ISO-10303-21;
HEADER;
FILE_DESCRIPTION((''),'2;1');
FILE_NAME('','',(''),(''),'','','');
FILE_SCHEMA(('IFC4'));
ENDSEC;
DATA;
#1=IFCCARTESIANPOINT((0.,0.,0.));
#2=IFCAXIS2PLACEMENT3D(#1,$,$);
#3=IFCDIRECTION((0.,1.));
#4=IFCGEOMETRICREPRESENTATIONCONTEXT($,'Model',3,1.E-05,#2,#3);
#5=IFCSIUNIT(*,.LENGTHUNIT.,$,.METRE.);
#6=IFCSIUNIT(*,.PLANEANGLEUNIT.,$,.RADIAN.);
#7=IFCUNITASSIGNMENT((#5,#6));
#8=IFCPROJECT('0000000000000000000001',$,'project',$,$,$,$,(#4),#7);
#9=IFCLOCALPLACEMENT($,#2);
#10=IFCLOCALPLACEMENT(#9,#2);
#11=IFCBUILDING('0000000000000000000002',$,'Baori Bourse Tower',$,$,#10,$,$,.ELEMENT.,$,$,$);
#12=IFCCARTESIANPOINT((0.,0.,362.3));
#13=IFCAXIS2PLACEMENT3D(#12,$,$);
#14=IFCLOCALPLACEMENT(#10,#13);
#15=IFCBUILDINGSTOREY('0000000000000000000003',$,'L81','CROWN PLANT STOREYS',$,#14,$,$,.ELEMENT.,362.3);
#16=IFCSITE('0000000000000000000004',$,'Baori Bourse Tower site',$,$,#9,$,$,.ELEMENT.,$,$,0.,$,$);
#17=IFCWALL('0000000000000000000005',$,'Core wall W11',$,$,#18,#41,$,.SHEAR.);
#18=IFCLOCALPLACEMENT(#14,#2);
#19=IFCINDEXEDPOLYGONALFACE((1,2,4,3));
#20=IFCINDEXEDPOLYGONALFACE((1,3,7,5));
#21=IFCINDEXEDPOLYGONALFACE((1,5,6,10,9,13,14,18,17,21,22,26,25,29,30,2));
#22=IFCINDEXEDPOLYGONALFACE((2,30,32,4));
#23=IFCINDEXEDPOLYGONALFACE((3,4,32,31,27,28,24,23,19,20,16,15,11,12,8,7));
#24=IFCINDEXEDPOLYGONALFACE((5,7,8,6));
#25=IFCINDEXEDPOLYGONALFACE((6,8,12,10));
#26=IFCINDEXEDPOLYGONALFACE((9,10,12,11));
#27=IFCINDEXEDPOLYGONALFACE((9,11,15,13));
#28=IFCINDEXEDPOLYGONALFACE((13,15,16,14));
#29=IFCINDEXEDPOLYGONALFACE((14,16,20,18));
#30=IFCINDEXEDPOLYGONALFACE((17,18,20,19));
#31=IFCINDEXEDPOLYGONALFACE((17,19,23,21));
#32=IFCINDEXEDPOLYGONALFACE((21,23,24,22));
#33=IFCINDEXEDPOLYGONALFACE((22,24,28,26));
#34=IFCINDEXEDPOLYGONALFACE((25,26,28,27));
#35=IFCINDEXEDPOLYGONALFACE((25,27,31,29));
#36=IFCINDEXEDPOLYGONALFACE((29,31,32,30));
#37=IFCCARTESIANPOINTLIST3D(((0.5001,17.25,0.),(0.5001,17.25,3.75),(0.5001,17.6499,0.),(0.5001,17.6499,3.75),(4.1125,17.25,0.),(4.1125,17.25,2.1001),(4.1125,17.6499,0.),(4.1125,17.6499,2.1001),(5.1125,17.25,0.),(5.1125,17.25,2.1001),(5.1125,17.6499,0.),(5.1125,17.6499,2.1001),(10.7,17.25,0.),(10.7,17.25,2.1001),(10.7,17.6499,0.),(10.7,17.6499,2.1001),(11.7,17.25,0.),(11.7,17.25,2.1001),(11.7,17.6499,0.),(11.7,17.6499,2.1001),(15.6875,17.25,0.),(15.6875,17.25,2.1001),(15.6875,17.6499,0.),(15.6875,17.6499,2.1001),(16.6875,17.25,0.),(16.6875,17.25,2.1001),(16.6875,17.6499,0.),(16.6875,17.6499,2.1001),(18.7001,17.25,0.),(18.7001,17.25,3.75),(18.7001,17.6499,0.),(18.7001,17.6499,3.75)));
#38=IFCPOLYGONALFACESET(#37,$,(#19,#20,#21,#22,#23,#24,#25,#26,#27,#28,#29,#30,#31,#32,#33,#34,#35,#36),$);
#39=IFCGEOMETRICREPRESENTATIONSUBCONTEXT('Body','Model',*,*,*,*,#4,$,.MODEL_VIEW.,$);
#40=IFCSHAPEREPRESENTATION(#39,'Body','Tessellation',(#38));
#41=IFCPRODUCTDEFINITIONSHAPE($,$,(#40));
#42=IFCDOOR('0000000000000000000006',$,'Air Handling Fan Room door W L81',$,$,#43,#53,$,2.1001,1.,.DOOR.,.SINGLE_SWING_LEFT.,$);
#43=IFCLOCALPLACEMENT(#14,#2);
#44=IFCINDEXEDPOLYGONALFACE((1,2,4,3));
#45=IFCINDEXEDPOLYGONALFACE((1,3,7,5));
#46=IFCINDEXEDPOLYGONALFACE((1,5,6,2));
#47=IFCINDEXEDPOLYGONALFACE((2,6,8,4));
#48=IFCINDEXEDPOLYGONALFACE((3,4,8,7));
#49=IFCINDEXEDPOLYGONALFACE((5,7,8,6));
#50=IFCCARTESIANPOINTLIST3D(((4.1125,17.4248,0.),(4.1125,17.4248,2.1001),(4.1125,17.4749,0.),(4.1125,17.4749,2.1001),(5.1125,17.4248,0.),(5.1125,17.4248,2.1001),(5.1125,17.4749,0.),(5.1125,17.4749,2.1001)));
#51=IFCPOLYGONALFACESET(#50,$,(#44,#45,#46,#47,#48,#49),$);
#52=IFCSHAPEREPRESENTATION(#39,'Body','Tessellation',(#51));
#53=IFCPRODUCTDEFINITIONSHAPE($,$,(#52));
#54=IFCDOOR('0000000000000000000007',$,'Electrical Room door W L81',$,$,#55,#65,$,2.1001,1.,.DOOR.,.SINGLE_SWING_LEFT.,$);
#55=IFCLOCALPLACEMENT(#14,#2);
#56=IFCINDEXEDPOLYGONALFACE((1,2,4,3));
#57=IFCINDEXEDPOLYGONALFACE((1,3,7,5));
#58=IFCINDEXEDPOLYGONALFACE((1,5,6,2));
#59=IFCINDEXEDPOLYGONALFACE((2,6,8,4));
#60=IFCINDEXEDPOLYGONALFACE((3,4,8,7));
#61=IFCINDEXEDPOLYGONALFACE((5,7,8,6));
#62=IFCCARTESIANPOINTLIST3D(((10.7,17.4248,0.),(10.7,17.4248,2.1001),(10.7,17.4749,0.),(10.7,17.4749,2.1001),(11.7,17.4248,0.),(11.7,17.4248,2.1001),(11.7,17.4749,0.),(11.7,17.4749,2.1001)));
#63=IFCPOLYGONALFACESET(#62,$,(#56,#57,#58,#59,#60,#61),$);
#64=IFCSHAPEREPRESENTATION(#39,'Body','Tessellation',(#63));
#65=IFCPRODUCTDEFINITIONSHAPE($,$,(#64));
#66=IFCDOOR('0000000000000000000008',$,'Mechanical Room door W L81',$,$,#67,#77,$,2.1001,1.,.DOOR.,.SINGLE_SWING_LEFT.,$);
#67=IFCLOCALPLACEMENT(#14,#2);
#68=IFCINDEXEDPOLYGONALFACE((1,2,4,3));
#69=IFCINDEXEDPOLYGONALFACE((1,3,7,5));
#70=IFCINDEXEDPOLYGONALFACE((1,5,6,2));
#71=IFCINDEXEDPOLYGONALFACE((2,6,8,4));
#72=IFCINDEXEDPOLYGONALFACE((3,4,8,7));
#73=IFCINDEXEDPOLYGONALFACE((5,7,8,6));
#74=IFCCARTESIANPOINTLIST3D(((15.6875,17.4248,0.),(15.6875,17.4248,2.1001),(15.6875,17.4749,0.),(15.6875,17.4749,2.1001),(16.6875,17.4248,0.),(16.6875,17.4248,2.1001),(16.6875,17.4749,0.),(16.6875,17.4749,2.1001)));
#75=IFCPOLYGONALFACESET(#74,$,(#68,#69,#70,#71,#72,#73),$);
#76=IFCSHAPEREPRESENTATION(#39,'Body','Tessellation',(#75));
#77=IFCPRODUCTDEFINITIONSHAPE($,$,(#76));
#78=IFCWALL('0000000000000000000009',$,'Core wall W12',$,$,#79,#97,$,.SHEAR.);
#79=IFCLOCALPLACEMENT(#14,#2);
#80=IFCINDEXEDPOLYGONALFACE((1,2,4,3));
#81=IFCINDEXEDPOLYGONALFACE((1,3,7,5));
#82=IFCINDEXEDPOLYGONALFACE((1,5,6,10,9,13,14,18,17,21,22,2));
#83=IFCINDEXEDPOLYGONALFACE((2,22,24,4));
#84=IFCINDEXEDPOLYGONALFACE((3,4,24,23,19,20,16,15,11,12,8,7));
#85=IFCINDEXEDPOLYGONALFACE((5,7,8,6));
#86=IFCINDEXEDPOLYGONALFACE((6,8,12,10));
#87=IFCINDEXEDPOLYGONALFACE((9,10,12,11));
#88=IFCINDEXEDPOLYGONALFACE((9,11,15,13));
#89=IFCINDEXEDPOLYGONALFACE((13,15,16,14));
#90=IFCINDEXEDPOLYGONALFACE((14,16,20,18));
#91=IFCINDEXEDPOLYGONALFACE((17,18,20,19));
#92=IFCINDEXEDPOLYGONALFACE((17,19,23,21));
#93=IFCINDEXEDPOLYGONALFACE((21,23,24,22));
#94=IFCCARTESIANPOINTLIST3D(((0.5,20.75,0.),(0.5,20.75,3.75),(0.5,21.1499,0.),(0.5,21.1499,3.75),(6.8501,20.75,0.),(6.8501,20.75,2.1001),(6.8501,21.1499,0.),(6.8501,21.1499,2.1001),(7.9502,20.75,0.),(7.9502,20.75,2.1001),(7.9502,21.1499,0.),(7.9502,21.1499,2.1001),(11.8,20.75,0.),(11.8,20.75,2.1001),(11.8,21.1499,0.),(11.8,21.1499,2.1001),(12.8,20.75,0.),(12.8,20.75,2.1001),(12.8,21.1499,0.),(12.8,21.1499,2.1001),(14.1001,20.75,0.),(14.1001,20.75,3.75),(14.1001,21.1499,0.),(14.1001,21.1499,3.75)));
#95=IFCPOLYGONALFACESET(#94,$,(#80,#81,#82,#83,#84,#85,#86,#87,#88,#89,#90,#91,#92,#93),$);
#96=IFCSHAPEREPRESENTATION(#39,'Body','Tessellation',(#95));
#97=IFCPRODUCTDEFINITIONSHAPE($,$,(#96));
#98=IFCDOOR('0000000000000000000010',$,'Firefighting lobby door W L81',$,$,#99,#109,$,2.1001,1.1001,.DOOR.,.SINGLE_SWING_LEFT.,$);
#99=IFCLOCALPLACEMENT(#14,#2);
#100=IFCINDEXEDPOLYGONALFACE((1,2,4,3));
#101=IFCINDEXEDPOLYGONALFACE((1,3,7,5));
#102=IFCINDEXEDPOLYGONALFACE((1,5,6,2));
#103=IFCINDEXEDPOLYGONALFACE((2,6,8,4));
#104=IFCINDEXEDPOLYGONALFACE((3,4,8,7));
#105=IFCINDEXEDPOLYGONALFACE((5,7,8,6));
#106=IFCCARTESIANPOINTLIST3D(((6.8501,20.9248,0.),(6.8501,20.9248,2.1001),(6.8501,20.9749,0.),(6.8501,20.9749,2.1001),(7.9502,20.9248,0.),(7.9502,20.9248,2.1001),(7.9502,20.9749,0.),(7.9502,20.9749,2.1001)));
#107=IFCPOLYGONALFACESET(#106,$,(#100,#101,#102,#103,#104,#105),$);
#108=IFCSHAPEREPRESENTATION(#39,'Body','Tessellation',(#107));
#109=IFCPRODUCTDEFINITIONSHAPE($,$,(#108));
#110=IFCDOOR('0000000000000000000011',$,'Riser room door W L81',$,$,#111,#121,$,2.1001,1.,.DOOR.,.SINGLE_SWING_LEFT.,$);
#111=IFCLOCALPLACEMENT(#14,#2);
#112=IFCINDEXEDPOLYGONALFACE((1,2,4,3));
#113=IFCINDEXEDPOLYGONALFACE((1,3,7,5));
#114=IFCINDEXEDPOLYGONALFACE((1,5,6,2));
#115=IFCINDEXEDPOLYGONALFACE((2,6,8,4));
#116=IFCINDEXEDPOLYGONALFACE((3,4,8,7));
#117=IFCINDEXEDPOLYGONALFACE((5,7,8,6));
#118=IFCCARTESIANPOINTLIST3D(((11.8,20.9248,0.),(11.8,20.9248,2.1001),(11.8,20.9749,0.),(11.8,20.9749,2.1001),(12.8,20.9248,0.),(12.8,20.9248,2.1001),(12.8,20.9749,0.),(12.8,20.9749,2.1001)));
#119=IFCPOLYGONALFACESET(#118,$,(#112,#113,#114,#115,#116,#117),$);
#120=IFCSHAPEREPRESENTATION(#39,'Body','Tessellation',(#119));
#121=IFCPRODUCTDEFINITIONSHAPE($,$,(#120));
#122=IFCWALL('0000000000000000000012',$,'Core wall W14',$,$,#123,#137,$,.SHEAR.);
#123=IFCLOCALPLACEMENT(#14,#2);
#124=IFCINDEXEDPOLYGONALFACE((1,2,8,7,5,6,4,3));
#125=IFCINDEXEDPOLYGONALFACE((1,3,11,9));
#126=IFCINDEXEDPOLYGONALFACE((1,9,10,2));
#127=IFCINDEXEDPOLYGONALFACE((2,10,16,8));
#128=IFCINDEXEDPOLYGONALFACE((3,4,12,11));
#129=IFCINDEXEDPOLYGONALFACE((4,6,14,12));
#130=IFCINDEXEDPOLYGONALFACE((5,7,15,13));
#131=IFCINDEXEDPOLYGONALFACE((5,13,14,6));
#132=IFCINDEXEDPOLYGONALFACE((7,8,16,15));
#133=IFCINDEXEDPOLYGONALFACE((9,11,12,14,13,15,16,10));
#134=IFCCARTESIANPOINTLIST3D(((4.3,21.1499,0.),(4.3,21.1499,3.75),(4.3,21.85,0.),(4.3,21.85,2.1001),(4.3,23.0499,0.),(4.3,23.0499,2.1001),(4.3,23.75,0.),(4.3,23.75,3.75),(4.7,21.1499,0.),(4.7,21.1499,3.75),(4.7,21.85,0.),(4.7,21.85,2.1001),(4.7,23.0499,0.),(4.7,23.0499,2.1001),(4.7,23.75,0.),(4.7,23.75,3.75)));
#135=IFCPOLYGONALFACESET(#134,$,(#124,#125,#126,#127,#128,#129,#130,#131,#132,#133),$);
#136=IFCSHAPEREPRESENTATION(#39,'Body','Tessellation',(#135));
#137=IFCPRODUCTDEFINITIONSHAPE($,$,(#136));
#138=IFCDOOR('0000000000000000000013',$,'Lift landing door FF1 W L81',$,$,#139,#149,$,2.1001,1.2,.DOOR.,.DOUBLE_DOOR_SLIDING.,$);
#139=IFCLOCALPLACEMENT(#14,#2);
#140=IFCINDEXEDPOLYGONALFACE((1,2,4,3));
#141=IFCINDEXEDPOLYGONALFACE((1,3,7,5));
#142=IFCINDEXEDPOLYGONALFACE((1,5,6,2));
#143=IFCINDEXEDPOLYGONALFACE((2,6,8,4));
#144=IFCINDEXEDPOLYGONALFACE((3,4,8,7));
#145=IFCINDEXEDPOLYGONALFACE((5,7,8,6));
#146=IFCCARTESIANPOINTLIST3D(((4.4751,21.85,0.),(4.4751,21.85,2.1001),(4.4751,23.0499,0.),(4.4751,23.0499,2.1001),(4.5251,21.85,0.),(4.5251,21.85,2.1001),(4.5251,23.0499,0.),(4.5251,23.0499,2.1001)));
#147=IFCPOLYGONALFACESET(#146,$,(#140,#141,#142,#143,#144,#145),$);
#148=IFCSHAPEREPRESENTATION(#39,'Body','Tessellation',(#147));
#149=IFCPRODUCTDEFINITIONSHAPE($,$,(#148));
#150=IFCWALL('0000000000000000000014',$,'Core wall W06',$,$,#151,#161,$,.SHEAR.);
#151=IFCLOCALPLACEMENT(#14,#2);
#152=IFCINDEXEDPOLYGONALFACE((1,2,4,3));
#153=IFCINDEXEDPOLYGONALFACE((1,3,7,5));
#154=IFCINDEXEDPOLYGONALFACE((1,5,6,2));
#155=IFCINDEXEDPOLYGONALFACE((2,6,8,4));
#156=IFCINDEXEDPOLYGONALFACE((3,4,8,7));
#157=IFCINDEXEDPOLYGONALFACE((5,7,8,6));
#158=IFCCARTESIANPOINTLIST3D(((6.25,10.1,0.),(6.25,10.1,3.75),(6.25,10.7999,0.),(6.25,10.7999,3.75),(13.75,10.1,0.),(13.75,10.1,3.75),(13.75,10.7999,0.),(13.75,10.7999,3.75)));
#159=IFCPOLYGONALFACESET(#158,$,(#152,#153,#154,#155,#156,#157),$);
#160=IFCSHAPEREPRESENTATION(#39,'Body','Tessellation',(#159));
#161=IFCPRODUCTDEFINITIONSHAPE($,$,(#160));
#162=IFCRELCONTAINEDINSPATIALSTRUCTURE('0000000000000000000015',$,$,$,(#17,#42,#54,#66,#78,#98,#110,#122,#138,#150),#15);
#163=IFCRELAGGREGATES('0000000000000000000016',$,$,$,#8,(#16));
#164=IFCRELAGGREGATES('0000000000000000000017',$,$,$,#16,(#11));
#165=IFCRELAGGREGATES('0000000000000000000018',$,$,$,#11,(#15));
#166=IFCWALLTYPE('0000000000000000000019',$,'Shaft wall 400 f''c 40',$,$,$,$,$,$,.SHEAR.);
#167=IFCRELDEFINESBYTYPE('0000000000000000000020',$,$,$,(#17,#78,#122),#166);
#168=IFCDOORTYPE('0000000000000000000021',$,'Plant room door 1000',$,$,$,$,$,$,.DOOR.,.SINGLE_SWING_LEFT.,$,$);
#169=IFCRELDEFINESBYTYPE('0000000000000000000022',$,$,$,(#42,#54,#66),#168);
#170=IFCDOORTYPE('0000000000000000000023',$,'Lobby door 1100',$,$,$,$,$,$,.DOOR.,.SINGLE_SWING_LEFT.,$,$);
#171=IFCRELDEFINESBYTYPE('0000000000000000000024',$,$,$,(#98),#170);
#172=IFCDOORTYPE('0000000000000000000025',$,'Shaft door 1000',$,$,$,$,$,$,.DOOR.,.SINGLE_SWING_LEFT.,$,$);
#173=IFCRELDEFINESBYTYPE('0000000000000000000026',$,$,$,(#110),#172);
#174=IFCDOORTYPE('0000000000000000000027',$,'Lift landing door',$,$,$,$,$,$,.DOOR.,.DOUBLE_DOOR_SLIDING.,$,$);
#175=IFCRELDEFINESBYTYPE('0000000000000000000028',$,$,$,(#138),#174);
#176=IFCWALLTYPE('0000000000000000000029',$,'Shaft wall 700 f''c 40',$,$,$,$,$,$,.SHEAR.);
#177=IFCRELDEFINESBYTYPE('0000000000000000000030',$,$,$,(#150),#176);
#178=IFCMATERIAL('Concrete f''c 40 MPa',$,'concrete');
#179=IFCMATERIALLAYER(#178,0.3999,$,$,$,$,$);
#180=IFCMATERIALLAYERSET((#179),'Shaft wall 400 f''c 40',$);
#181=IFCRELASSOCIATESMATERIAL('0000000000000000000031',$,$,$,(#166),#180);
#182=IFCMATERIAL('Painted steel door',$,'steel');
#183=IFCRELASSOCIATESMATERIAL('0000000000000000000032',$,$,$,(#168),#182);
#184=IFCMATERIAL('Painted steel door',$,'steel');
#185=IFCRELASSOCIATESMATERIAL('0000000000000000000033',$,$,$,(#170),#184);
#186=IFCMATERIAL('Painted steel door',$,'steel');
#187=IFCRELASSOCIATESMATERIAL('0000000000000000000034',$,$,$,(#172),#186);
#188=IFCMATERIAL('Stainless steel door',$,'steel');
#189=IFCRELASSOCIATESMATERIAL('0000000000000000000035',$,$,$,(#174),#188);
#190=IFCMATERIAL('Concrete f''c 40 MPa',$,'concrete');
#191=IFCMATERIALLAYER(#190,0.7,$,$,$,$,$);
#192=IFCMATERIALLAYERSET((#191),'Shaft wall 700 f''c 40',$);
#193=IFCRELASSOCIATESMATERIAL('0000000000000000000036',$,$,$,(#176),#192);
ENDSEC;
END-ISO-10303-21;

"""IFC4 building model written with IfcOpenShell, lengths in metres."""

from ifc_helpers import new_model, si_unit, direction, frame, frame_2d, origin, place, context, subcontext, project, spatial, rectangle, extrude, material, layer, layer_set, type_object, element, fill, save


model = new_model("IFC4")

# Units and contexts
model_context = context("Model", 3, precision=1e-05, world=origin(), true_north=direction((0.0, 1.0)))
body_context = subcontext(model_context, "Body", "Model", "MODEL_VIEW")
ifc_project = project(units=[si_unit("LENGTHUNIT", "METRE"), si_unit("PLANEANGLEUNIT", "RADIAN")], contexts=[model_context])

# Site, building, storey
site_placement = place(None, origin())
site = spatial("IfcSite", under=ifc_project, at=site_placement, Name="Baori Bourse Tower site", CompositionType="ELEMENT", RefElevation=0.0)
building_placement = place(site_placement, origin())
building = spatial("IfcBuilding", under=site, at=building_placement, Name="Baori Bourse Tower", CompositionType="ELEMENT")
storey_placement = place(building_placement, frame((0.0, 0.0, 362.3)))
storey = spatial("IfcBuildingStorey", under=building, at=storey_placement, Name="L81", Description="CROWN PLANT STOREYS", CompositionType="ELEMENT", Elevation=362.3)

# Shared definitions
ifc_material_1 = material(Name="Concrete f'c 40 MPa", Category="concrete")
ifc_layer_1 = layer(ifc_material_1, 0.3999)
ifc_layer_set_1 = layer_set([ifc_layer_1], Name="Shaft wall 400 f'c 40")
wall_type_1 = type_object("IfcWallType", Name="Shaft wall 400 f'c 40", PredefinedType="SHEAR", material=ifc_layer_set_1)

# Walls, openings, doors
wall_1_placement = place(storey_placement, frame((0.5, 17.45, 0.0), z_axis=(0.0, 0.0, 1.0), x_axis=(1.0, 0.0, 0.0)))
wall_1 = element("IfcWall", 1, at=wall_1_placement, inside=storey, type_object=wall_type_1, Name="Core wall W11", PredefinedType="SHEAR", context=body_context, shape_type="SweptSolid", body=[
    extrude(rectangle(XDim=18.2, YDim=0.3999, at=frame_2d((9.1001, 0.0))), origin(), (0.0, 0.0, 1.0), 3.75),
])
opening_1_placement = place(wall_1_placement, frame((3.6125, 0.0, 0.0)))
opening_1 = element("IfcOpeningElement", 2, at=opening_1_placement, cuts=wall_1, PredefinedType="OPENING", context=body_context, shape_type="SweptSolid", body=[
    extrude(rectangle(XDim=1.0, YDim=2.1001, at=frame_2d((0.5, 1.05))), frame((0.0, 0.21, 0.0), z_axis=(0.0, -1.0, 0.0), x_axis=(1.0, 0.0, 0.0)), (0.0, 0.0, 1.0), 0.4199),
])
opening_2_placement = place(wall_1_placement, frame((10.2, 0.0, 0.0)))
opening_2 = element("IfcOpeningElement", 3, at=opening_2_placement, cuts=wall_1, PredefinedType="OPENING", context=body_context, shape_type="SweptSolid", body=[
    extrude(rectangle(XDim=1.0, YDim=2.1001, at=frame_2d((0.5, 1.05))), frame((0.0, 0.21, 0.0), z_axis=(0.0, -1.0, 0.0), x_axis=(1.0, 0.0, 0.0)), (0.0, 0.0, 1.0), 0.4199),
])
opening_3_placement = place(wall_1_placement, frame((15.1875, 0.0, 0.0)))
opening_3 = element("IfcOpeningElement", 4, at=opening_3_placement, cuts=wall_1, PredefinedType="OPENING", context=body_context, shape_type="SweptSolid", body=[
    extrude(rectangle(XDim=1.0, YDim=2.1001, at=frame_2d((0.5, 1.05))), frame((0.0, 0.21, 0.0), z_axis=(0.0, -1.0, 0.0), x_axis=(1.0, 0.0, 0.0)), (0.0, 0.0, 1.0), 0.4199),
])
ifc_material_2 = material(Name="Painted steel door", Category="steel")
door_type_1 = type_object("IfcDoorType", Name="Plant room door 1000", OperationType="SINGLE_SWING_LEFT", PredefinedType="DOOR", material=ifc_material_2)
door_1_placement = place(opening_1_placement, origin())
door_1 = element("IfcDoor", 5, at=door_1_placement, inside=storey, type_object=door_type_1, Name="Air Handling Fan Room door W L81", OperationType="SINGLE_SWING_LEFT", OverallHeight=2.1001, OverallWidth=1.0, PredefinedType="DOOR", context=body_context, shape_type="SweptSolid", body=[
    extrude(rectangle(XDim=1.0, YDim=2.1001, at=frame_2d((0.5, 1.05))), frame((0.0, 0.0249, 0.0), z_axis=(0.0, -1.0, 0.0), x_axis=(1.0, 0.0, 0.0)), (0.0, 0.0, 1.0), 0.05),
])
fill(opening_1, door_1)
door_2_placement = place(opening_2_placement, origin())
door_2 = element("IfcDoor", 6, at=door_2_placement, inside=storey, type_object=door_type_1, Name="Electrical Room door W L81", OperationType="SINGLE_SWING_LEFT", OverallHeight=2.1001, OverallWidth=1.0, PredefinedType="DOOR", context=body_context, shape_type="SweptSolid", body=[
    extrude(rectangle(XDim=1.0, YDim=2.1001, at=frame_2d((0.5, 1.05))), frame((0.0, 0.0249, 0.0), z_axis=(0.0, -1.0, 0.0), x_axis=(1.0, 0.0, 0.0)), (0.0, 0.0, 1.0), 0.05),
])
fill(opening_2, door_2)
door_3_placement = place(opening_3_placement, origin())
door_3 = element("IfcDoor", 7, at=door_3_placement, inside=storey, type_object=door_type_1, Name="Mechanical Room door W L81", OperationType="SINGLE_SWING_LEFT", OverallHeight=2.1001, OverallWidth=1.0, PredefinedType="DOOR", context=body_context, shape_type="SweptSolid", body=[
    extrude(rectangle(XDim=1.0, YDim=2.1001, at=frame_2d((0.5, 1.05))), frame((0.0, 0.0249, 0.0), z_axis=(0.0, -1.0, 0.0), x_axis=(1.0, 0.0, 0.0)), (0.0, 0.0, 1.0), 0.05),
])
fill(opening_3, door_3)
wall_2_placement = place(storey_placement, frame((0.5, 20.95, 0.0), z_axis=(0.0, 0.0, 1.0), x_axis=(1.0, 0.0, 0.0)))
wall_2 = element("IfcWall", 8, at=wall_2_placement, inside=storey, type_object=wall_type_1, Name="Core wall W12", PredefinedType="SHEAR", context=body_context, shape_type="SweptSolid", body=[
    extrude(rectangle(XDim=13.6001, YDim=0.3999, at=frame_2d((6.8, 0.0))), origin(), (0.0, 0.0, 1.0), 3.75),
])
opening_4_placement = place(wall_2_placement, frame((6.3501, 0.0, 0.0)))
opening_4 = element("IfcOpeningElement", 9, at=opening_4_placement, cuts=wall_2, PredefinedType="OPENING", context=body_context, shape_type="SweptSolid", body=[
    extrude(rectangle(XDim=1.1001, YDim=2.1001, at=frame_2d((0.55, 1.05))), frame((0.0, 0.21, 0.0), z_axis=(0.0, -1.0, 0.0), x_axis=(1.0, 0.0, 0.0)), (0.0, 0.0, 1.0), 0.4199),
])
opening_5_placement = place(wall_2_placement, frame((11.3, 0.0, 0.0)))
opening_5 = element("IfcOpeningElement", 10, at=opening_5_placement, cuts=wall_2, PredefinedType="OPENING", context=body_context, shape_type="SweptSolid", body=[
    extrude(rectangle(XDim=1.0, YDim=2.1001, at=frame_2d((0.5, 1.05))), frame((0.0, 0.21, 0.0), z_axis=(0.0, -1.0, 0.0), x_axis=(1.0, 0.0, 0.0)), (0.0, 0.0, 1.0), 0.4199),
])
ifc_material_3 = material(Name="Painted steel door", Category="steel")
door_type_2 = type_object("IfcDoorType", Name="Lobby door 1100", OperationType="SINGLE_SWING_LEFT", PredefinedType="DOOR", material=ifc_material_3)
door_4_placement = place(opening_4_placement, origin())
door_4 = element("IfcDoor", 11, at=door_4_placement, inside=storey, type_object=door_type_2, Name="Firefighting lobby door W L81", OperationType="SINGLE_SWING_LEFT", OverallHeight=2.1001, OverallWidth=1.1001, PredefinedType="DOOR", context=body_context, shape_type="SweptSolid", body=[
    extrude(rectangle(XDim=1.1001, YDim=2.1001, at=frame_2d((0.55, 1.05))), frame((0.0, 0.0249, 0.0), z_axis=(0.0, -1.0, 0.0), x_axis=(1.0, 0.0, 0.0)), (0.0, 0.0, 1.0), 0.05),
])
fill(opening_4, door_4)
ifc_material_4 = material(Name="Painted steel door", Category="steel")
door_type_3 = type_object("IfcDoorType", Name="Shaft door 1000", OperationType="SINGLE_SWING_LEFT", PredefinedType="DOOR", material=ifc_material_4)
door_5_placement = place(opening_5_placement, origin())
door_5 = element("IfcDoor", 12, at=door_5_placement, inside=storey, type_object=door_type_3, Name="Riser room door W L81", OperationType="SINGLE_SWING_LEFT", OverallHeight=2.1001, OverallWidth=1.0, PredefinedType="DOOR", context=body_context, shape_type="SweptSolid", body=[
    extrude(rectangle(XDim=1.0, YDim=2.1001, at=frame_2d((0.5, 1.05))), frame((0.0, 0.0249, 0.0), z_axis=(0.0, -1.0, 0.0), x_axis=(1.0, 0.0, 0.0)), (0.0, 0.0, 1.0), 0.05),
])
fill(opening_5, door_5)

# Wall, opening, door
wall_3_placement = place(storey_placement, frame((4.5, 21.1499, 0.0), z_axis=(0.0, 0.0, 1.0), x_axis=(0.0, 1.0, 0.0)))
wall_3 = element("IfcWall", 13, at=wall_3_placement, inside=storey, type_object=wall_type_1, Name="Core wall W14", PredefinedType="SHEAR", context=body_context, shape_type="SweptSolid", body=[
    extrude(rectangle(XDim=2.6001, YDim=0.3999, at=frame_2d((1.3, 0.0))), origin(), (0.0, 0.0, 1.0), 3.75),
])
opening_6_placement = place(wall_3_placement, frame((0.7, 0.0, 0.0)))
opening_6 = element("IfcOpeningElement", 14, at=opening_6_placement, cuts=wall_3, PredefinedType="OPENING", context=body_context, shape_type="SweptSolid", body=[
    extrude(rectangle(XDim=1.2, YDim=2.1001, at=frame_2d((0.6001, 1.05))), frame((0.0, 0.21, 0.0), z_axis=(0.0, -1.0, 0.0), x_axis=(1.0, 0.0, 0.0)), (0.0, 0.0, 1.0), 0.4199),
])
ifc_material_5 = material(Name="Stainless steel door", Category="steel")
door_type_4 = type_object("IfcDoorType", Name="Lift landing door", OperationType="DOUBLE_DOOR_SLIDING", PredefinedType="DOOR", material=ifc_material_5)
door_6_placement = place(opening_6_placement, origin())
door_6 = element("IfcDoor", 15, at=door_6_placement, inside=storey, type_object=door_type_4, Name="Lift landing door FF1 W L81", OperationType="DOUBLE_DOOR_SLIDING", OverallHeight=2.1001, OverallWidth=1.2, PredefinedType="DOOR", context=body_context, shape_type="SweptSolid", body=[
    extrude(rectangle(XDim=1.2, YDim=2.1001, at=frame_2d((0.6001, 1.05))), frame((0.0, 0.0249, 0.0), z_axis=(0.0, -1.0, 0.0), x_axis=(1.0, 0.0, 0.0)), (0.0, 0.0, 1.0), 0.05),
])
fill(opening_6, door_6)

# Wall
ifc_material_6 = material(Name="Concrete f'c 40 MPa", Category="concrete")
ifc_layer_2 = layer(ifc_material_6, 0.7)
ifc_layer_set_2 = layer_set([ifc_layer_2], Name="Shaft wall 700 f'c 40")
wall_type_2 = type_object("IfcWallType", Name="Shaft wall 700 f'c 40", PredefinedType="SHEAR", material=ifc_layer_set_2)
wall_4_placement = place(storey_placement, frame((6.25, 10.45, 0.0), z_axis=(0.0, 0.0, 1.0), x_axis=(1.0, 0.0, 0.0)))
element("IfcWall", 16, at=wall_4_placement, inside=storey, type_object=wall_type_2, Name="Core wall W06", PredefinedType="SHEAR", context=body_context, shape_type="SweptSolid", body=[
    extrude(rectangle(XDim=7.5, YDim=0.7, at=frame_2d((3.75, 0.0))), origin(), (0.0, 0.0, 1.0), 3.75),
])

save(model, "model.ifc")
